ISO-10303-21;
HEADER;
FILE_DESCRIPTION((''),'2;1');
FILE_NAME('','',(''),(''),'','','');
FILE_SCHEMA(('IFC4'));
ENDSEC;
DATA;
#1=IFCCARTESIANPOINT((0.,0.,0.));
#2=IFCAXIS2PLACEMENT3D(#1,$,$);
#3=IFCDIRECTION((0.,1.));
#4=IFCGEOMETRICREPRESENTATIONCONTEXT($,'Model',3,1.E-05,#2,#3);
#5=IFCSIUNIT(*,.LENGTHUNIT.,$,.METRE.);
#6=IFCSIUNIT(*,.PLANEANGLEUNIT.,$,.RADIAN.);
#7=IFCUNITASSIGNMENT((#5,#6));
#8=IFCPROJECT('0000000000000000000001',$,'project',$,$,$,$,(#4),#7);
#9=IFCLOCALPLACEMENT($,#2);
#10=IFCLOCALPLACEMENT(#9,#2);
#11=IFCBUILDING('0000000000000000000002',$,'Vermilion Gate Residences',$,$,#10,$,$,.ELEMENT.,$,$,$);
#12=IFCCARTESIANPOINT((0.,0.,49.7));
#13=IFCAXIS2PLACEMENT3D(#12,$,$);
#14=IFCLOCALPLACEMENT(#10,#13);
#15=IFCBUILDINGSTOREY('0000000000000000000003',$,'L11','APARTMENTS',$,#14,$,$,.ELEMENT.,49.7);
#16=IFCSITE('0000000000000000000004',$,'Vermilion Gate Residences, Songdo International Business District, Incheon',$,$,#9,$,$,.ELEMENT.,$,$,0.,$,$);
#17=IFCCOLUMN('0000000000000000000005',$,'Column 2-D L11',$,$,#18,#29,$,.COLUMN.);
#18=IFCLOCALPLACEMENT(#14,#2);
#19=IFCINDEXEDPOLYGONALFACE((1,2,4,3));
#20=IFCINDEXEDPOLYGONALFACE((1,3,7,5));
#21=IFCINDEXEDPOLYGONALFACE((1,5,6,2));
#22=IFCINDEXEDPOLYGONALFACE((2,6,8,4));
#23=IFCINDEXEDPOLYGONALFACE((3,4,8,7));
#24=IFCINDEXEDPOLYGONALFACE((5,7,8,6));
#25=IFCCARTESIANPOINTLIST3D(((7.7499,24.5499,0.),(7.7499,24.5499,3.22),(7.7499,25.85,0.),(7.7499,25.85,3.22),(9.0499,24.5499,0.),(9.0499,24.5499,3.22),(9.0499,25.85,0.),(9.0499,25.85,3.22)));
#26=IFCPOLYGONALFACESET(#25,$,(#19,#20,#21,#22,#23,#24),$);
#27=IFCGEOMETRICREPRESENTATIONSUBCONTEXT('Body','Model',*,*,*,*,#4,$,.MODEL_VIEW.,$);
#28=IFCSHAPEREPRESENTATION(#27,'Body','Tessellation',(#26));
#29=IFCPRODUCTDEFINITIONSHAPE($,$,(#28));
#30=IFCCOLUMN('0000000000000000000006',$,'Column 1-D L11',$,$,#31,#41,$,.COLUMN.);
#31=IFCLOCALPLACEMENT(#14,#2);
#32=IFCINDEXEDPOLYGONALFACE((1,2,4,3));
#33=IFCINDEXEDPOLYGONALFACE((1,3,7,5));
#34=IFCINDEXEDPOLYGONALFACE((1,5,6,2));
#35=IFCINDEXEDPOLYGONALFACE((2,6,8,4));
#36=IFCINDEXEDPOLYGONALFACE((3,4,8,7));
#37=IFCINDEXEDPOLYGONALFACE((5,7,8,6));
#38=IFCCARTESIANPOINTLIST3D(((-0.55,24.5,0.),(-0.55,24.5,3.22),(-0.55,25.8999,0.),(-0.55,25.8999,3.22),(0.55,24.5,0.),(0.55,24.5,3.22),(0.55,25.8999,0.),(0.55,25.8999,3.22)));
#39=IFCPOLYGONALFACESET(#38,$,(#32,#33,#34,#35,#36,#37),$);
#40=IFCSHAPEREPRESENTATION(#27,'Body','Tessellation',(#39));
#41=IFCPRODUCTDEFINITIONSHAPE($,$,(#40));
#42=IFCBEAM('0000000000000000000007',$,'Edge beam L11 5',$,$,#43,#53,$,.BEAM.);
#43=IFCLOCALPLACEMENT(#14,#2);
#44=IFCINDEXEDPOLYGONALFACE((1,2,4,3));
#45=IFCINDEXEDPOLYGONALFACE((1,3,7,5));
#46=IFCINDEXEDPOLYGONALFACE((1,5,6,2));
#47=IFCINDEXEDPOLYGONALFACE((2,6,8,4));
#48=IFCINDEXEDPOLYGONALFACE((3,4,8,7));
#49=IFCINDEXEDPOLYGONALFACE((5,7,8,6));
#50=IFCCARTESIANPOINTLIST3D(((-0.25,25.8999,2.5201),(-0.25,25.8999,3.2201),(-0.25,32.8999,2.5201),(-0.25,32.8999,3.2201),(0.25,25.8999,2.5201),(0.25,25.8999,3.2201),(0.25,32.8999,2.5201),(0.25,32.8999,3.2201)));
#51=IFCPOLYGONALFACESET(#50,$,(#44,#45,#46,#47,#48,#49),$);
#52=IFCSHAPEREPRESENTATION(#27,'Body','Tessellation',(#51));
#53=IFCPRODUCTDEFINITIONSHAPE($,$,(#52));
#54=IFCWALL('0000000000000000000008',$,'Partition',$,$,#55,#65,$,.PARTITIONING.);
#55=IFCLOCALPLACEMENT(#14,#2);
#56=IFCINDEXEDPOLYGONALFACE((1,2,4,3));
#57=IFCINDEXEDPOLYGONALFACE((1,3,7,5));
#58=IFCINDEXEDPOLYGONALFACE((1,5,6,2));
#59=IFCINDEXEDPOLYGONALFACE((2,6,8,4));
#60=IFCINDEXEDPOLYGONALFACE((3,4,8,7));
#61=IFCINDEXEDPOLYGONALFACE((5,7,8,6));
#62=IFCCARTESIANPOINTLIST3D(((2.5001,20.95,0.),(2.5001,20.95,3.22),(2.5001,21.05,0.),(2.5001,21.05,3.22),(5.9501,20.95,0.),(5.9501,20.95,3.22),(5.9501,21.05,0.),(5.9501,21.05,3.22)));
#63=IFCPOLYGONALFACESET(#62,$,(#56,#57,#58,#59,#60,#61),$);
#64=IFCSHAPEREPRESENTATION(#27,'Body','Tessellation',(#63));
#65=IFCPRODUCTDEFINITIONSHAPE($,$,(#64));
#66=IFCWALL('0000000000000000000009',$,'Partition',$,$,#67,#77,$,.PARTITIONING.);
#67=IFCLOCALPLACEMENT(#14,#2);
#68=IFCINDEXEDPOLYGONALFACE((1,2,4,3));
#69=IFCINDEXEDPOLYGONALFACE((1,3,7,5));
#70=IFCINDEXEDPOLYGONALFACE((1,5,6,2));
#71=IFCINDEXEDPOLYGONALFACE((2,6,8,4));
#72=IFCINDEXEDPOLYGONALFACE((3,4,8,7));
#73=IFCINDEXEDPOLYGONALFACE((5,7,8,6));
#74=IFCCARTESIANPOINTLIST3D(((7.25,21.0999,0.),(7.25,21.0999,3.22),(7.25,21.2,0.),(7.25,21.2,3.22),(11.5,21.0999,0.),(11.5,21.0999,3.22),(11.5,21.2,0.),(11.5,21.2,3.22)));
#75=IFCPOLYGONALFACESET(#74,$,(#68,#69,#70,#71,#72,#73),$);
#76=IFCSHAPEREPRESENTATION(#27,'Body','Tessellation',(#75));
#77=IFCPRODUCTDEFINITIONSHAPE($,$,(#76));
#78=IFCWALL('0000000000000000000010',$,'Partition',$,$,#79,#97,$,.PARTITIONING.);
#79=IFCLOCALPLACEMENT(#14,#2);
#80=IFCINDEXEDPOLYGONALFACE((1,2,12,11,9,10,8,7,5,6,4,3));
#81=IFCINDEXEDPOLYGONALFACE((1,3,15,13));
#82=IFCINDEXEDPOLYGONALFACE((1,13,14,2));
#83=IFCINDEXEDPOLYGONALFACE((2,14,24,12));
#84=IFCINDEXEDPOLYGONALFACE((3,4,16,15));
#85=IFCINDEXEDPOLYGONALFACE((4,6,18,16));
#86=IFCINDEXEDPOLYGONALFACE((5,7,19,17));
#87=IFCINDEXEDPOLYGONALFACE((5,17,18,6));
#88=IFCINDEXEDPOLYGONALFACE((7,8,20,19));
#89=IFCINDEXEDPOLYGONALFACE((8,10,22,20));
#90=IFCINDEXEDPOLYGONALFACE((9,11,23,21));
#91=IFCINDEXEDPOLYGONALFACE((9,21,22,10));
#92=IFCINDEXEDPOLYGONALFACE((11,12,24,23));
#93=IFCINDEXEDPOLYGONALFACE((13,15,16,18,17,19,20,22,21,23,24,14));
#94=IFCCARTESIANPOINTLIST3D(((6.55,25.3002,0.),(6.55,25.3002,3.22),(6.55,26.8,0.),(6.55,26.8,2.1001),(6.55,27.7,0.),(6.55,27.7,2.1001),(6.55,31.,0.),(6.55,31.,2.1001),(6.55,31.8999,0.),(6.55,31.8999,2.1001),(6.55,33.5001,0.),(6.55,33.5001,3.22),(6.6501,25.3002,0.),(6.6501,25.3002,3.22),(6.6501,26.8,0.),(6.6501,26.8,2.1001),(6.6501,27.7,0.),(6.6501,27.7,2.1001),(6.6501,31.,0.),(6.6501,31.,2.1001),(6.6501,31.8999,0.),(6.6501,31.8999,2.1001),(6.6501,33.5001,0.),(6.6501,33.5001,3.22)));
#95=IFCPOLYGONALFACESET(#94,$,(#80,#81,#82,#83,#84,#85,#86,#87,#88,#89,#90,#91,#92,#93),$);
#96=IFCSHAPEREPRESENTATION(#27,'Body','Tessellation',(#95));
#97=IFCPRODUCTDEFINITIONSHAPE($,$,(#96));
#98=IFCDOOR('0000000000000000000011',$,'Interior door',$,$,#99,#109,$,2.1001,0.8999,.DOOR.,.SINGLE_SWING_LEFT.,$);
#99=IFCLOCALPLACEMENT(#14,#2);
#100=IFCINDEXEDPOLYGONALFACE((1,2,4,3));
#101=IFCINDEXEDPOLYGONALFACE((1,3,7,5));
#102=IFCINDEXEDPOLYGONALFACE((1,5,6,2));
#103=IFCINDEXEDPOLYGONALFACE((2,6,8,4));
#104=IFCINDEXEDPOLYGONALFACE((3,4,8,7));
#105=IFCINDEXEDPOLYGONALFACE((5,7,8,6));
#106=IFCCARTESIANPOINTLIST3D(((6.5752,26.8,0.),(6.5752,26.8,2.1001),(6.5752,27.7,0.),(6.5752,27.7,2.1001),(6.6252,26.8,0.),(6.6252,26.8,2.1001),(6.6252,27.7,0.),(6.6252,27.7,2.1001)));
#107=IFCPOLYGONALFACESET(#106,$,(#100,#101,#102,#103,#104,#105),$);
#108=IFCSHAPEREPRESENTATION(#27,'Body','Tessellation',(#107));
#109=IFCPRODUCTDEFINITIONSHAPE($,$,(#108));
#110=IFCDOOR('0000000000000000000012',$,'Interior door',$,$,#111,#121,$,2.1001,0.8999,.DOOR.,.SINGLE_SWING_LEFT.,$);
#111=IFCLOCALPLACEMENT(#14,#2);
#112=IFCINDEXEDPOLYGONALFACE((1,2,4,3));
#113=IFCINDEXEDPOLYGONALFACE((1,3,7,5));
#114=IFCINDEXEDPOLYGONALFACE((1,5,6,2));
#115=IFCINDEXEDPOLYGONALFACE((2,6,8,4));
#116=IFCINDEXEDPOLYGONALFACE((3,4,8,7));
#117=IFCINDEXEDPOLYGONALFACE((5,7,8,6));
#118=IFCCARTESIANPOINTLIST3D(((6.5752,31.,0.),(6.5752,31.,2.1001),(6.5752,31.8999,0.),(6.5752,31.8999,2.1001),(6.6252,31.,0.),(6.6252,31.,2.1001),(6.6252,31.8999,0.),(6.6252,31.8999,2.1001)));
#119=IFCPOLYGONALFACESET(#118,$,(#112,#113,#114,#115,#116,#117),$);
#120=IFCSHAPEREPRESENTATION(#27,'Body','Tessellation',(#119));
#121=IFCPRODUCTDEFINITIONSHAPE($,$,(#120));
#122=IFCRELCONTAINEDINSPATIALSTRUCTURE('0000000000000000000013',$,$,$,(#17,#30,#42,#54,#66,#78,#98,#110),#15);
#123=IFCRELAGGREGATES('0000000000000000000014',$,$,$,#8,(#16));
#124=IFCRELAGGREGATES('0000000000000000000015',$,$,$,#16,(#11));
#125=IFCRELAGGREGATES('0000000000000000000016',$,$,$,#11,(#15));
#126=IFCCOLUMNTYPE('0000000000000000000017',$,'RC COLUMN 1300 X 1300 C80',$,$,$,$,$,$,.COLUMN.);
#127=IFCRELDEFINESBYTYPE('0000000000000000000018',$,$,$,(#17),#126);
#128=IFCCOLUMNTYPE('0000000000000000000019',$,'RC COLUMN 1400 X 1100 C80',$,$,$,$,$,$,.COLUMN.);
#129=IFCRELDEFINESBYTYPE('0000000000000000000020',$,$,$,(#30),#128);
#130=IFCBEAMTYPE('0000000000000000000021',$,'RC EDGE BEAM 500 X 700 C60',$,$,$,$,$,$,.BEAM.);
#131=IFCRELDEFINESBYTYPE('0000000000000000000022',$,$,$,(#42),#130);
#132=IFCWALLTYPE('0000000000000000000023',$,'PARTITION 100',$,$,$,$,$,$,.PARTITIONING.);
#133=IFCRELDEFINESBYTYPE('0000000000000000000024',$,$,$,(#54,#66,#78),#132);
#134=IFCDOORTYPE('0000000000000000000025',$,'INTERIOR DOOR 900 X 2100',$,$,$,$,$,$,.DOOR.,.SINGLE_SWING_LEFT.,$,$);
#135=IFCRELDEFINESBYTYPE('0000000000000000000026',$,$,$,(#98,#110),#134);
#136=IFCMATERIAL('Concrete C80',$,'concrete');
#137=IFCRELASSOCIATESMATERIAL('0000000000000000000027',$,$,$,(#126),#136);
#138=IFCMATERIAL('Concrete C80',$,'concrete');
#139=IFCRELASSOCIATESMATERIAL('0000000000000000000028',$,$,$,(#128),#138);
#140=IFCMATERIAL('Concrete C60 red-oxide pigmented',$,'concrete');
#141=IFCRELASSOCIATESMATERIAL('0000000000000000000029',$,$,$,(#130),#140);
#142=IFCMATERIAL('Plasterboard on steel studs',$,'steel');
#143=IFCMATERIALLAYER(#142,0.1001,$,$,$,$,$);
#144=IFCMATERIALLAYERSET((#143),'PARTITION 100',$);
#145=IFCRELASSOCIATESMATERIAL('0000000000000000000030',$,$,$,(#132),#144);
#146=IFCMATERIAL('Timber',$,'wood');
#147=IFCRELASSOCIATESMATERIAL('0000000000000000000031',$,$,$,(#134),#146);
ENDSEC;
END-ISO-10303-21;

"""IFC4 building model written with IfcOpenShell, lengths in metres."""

from ifc_helpers import new_model, si_unit, direction, frame, frame_2d, origin, origin_2d, place, context, subcontext, project, spatial, rectangle, extrude, material, layer, layer_set, material_profile, profile_set, type_object, element, fill, save


model = new_model("IFC4")

# Units and contexts
model_context = context("Model", 3, precision=1e-05, world=origin(), true_north=direction((0.0, 1.0)))
body_context = subcontext(model_context, "Body", "Model", "MODEL_VIEW")
ifc_project = project(units=[si_unit("LENGTHUNIT", "METRE"), si_unit("PLANEANGLEUNIT", "RADIAN")], contexts=[model_context])

# Site, building, storey
site_placement = place(None, origin())
site = spatial("IfcSite", under=ifc_project, at=site_placement, Name="Vermilion Gate Residences, Songdo International Business District, Incheon", CompositionType="ELEMENT", RefElevation=0.0)
building_placement = place(site_placement, origin())
building = spatial("IfcBuilding", under=site, at=building_placement, Name="Vermilion Gate Residences", CompositionType="ELEMENT")
storey_placement = place(building_placement, frame((0.0, 0.0, 49.7)))
storey = spatial("IfcBuildingStorey", under=building, at=storey_placement, Name="L11", Description="APARTMENTS", CompositionType="ELEMENT", Elevation=49.7)

# Columns
ifc_material_1 = material(Name="Concrete C80", Category="concrete")
ifc_material_profile_1 = material_profile(ifc_material_1, rectangle(XDim=1.3, YDim=1.3, at=origin_2d()), Name="RC-1300x1300")
ifc_profile_set_1 = profile_set([ifc_material_profile_1], Name="Concrete C80")
column_type_1 = type_object("IfcColumnType", Name="RC COLUMN 1300 X 1300 C80", PredefinedType="COLUMN", material=ifc_profile_set_1)
column_1_placement = place(storey_placement, frame((8.3999, 25.2, 0.0), z_axis=(0.0, 0.0, 1.0), x_axis=(1.0, 0.0, 0.0)))
element("IfcColumn", 1, at=column_1_placement, inside=storey, type_object=column_type_1, Name="Column 2-D L11", PredefinedType="COLUMN", context=body_context, shape_type="SweptSolid", body=[
    extrude(rectangle(XDim=1.3, YDim=1.3, at=origin_2d()), origin(), (0.0, 0.0, 1.0), 3.22),
])
ifc_material_2 = material(Name="Concrete C80", Category="concrete")
ifc_material_profile_2 = material_profile(ifc_material_2, rectangle(XDim=1.3999, YDim=1.1001, at=origin_2d()), Name="RC-1400x1100")
ifc_profile_set_2 = profile_set([ifc_material_profile_2], Name="Concrete C80")
column_type_2 = type_object("IfcColumnType", Name="RC COLUMN 1400 X 1100 C80", PredefinedType="COLUMN", material=ifc_profile_set_2)
column_2_placement = place(storey_placement, frame((0.0, 25.2, 0.0), z_axis=(0.0, 0.0, 1.0), x_axis=(0.0, 1.0, 0.0)))
element("IfcColumn", 2, at=column_2_placement, inside=storey, type_object=column_type_2, Name="Column 1-D L11", PredefinedType="COLUMN", context=body_context, shape_type="SweptSolid", body=[
    extrude(rectangle(XDim=1.3999, YDim=1.1001, at=origin_2d()), origin(), (0.0, 0.0, 1.0), 3.22),
])

# Beam
ifc_material_3 = material(Name="Concrete C60 red-oxide pigmented", Category="concrete")
ifc_material_profile_3 = material_profile(ifc_material_3, rectangle(XDim=0.5, YDim=0.7, at=origin_2d()), Name="RC-500x700")
ifc_profile_set_3 = profile_set([ifc_material_profile_3], Name="Concrete C60 red-oxide pigmented")
beam_type = type_object("IfcBeamType", Name="RC EDGE BEAM 500 X 700 C60", PredefinedType="BEAM", material=ifc_profile_set_3)
beam_placement = place(storey_placement, frame((0.0, 25.8999, 2.8701), z_axis=(0.0, 1.0, 0.0), x_axis=(-1.0, 0.0, 0.0)))
element("IfcBeam", 3, at=beam_placement, inside=storey, type_object=beam_type, Name="Edge beam L11 5", PredefinedType="BEAM", context=body_context, shape_type="SweptSolid", body=[
    extrude(rectangle(XDim=0.5, YDim=0.7, at=origin_2d()), origin(), (0.0, 0.0, 1.0), 7.0),
])

# Walls
ifc_material_4 = material(Name="Plasterboard on steel studs", Category="steel")
ifc_layer_1 = layer(ifc_material_4, 0.1001)
ifc_layer_set_1 = layer_set([ifc_layer_1], Name="PARTITION 100")
wall_type_1 = type_object("IfcWallType", Name="PARTITION 100", PredefinedType="PARTITIONING", material=ifc_layer_set_1)
wall_1_placement = place(storey_placement, frame((2.5, 21.0, 0.0), z_axis=(0.0, 0.0, 1.0), x_axis=(1.0, 0.0, 0.0)))
element("IfcWall", 4, at=wall_1_placement, inside=storey, type_object=wall_type_1, Name="Partition", PredefinedType="PARTITIONING", context=body_context, shape_type="SweptSolid", body=[
    extrude(rectangle(XDim=3.45, YDim=0.1001, at=frame_2d((1.7251, 0.0))), origin(), (0.0, 0.0, 1.0), 3.22),
])
wall_2_placement = place(storey_placement, frame((7.25, 21.1499, 0.0), z_axis=(0.0, 0.0, 1.0), x_axis=(1.0, 0.0, 0.0)))
element("IfcWall", 5, at=wall_2_placement, inside=storey, type_object=wall_type_1, Name="Partition", PredefinedType="PARTITIONING", context=body_context, shape_type="SweptSolid", body=[
    extrude(rectangle(XDim=4.25, YDim=0.1001, at=frame_2d((2.125, 0.0))), origin(), (0.0, 0.0, 1.0), 3.22),
])

# Wall, openings, doors
wall_3_placement = place(storey_placement, frame((6.6001, 25.3, 0.0), z_axis=(0.0, 0.0, 1.0), x_axis=(0.0, 1.0, 0.0)))
wall_3 = element("IfcWall", 6, at=wall_3_placement, inside=storey, type_object=wall_type_1, Name="Partition", PredefinedType="PARTITIONING", context=body_context, shape_type="SweptSolid", body=[
    extrude(rectangle(XDim=8.2, YDim=0.1001, at=frame_2d((4.1001, 0.0))), origin(), (0.0, 0.0, 1.0), 3.22),
])
opening_1_placement = place(wall_3_placement, frame((1.5, 0.0, 0.0)))
opening_1 = element("IfcOpeningElement", 7, at=opening_1_placement, cuts=wall_3, PredefinedType="OPENING", context=body_context, shape_type="SweptSolid", body=[
    extrude(rectangle(XDim=0.8999, YDim=2.1001, at=frame_2d((0.45, 1.05))), frame((0.0, 0.0601, 0.0), z_axis=(0.0, -1.0, 0.0), x_axis=(1.0, 0.0, 0.0)), (0.0, 0.0, 1.0), 0.1201),
])
opening_2_placement = place(wall_3_placement, frame((5.7, 0.0, 0.0)))
opening_2 = element("IfcOpeningElement", 8, at=opening_2_placement, cuts=wall_3, PredefinedType="OPENING", context=body_context, shape_type="SweptSolid", body=[
    extrude(rectangle(XDim=0.8999, YDim=2.1001, at=frame_2d((0.45, 1.05))), frame((0.0, 0.0601, 0.0), z_axis=(0.0, -1.0, 0.0), x_axis=(1.0, 0.0, 0.0)), (0.0, 0.0, 1.0), 0.1201),
])
ifc_material_5 = material(Name="Timber", Category="wood")
door_type = type_object("IfcDoorType", Name="INTERIOR DOOR 900 X 2100", OperationType="SINGLE_SWING_LEFT", PredefinedType="DOOR", material=ifc_material_5)
door_1_placement = place(opening_1_placement, origin())
door_1 = element("IfcDoor", 9, at=door_1_placement, inside=storey, type_object=door_type, Name="Interior door", OperationType="SINGLE_SWING_LEFT", OverallHeight=2.1001, OverallWidth=0.8999, PredefinedType="DOOR", context=body_context, shape_type="SweptSolid", body=[
    extrude(rectangle(XDim=0.8999, YDim=2.1001, at=frame_2d((0.45, 1.05))), frame((0.0, 0.0249, 0.0), z_axis=(0.0, -1.0, 0.0), x_axis=(1.0, 0.0, 0.0)), (0.0, 0.0, 1.0), 0.05),
])
fill(opening_1, door_1)
door_2_placement = place(opening_2_placement, origin())
door_2 = element("IfcDoor", 10, at=door_2_placement, inside=storey, type_object=door_type, Name="Interior door", OperationType="SINGLE_SWING_LEFT", OverallHeight=2.1001, OverallWidth=0.8999, PredefinedType="DOOR", context=body_context, shape_type="SweptSolid", body=[
    extrude(rectangle(XDim=0.8999, YDim=2.1001, at=frame_2d((0.45, 1.05))), frame((0.0, 0.0249, 0.0), z_axis=(0.0, -1.0, 0.0), x_axis=(1.0, 0.0, 0.0)), (0.0, 0.0, 1.0), 0.05),
])
fill(opening_2, door_2)

save(model, "model.ifc")
